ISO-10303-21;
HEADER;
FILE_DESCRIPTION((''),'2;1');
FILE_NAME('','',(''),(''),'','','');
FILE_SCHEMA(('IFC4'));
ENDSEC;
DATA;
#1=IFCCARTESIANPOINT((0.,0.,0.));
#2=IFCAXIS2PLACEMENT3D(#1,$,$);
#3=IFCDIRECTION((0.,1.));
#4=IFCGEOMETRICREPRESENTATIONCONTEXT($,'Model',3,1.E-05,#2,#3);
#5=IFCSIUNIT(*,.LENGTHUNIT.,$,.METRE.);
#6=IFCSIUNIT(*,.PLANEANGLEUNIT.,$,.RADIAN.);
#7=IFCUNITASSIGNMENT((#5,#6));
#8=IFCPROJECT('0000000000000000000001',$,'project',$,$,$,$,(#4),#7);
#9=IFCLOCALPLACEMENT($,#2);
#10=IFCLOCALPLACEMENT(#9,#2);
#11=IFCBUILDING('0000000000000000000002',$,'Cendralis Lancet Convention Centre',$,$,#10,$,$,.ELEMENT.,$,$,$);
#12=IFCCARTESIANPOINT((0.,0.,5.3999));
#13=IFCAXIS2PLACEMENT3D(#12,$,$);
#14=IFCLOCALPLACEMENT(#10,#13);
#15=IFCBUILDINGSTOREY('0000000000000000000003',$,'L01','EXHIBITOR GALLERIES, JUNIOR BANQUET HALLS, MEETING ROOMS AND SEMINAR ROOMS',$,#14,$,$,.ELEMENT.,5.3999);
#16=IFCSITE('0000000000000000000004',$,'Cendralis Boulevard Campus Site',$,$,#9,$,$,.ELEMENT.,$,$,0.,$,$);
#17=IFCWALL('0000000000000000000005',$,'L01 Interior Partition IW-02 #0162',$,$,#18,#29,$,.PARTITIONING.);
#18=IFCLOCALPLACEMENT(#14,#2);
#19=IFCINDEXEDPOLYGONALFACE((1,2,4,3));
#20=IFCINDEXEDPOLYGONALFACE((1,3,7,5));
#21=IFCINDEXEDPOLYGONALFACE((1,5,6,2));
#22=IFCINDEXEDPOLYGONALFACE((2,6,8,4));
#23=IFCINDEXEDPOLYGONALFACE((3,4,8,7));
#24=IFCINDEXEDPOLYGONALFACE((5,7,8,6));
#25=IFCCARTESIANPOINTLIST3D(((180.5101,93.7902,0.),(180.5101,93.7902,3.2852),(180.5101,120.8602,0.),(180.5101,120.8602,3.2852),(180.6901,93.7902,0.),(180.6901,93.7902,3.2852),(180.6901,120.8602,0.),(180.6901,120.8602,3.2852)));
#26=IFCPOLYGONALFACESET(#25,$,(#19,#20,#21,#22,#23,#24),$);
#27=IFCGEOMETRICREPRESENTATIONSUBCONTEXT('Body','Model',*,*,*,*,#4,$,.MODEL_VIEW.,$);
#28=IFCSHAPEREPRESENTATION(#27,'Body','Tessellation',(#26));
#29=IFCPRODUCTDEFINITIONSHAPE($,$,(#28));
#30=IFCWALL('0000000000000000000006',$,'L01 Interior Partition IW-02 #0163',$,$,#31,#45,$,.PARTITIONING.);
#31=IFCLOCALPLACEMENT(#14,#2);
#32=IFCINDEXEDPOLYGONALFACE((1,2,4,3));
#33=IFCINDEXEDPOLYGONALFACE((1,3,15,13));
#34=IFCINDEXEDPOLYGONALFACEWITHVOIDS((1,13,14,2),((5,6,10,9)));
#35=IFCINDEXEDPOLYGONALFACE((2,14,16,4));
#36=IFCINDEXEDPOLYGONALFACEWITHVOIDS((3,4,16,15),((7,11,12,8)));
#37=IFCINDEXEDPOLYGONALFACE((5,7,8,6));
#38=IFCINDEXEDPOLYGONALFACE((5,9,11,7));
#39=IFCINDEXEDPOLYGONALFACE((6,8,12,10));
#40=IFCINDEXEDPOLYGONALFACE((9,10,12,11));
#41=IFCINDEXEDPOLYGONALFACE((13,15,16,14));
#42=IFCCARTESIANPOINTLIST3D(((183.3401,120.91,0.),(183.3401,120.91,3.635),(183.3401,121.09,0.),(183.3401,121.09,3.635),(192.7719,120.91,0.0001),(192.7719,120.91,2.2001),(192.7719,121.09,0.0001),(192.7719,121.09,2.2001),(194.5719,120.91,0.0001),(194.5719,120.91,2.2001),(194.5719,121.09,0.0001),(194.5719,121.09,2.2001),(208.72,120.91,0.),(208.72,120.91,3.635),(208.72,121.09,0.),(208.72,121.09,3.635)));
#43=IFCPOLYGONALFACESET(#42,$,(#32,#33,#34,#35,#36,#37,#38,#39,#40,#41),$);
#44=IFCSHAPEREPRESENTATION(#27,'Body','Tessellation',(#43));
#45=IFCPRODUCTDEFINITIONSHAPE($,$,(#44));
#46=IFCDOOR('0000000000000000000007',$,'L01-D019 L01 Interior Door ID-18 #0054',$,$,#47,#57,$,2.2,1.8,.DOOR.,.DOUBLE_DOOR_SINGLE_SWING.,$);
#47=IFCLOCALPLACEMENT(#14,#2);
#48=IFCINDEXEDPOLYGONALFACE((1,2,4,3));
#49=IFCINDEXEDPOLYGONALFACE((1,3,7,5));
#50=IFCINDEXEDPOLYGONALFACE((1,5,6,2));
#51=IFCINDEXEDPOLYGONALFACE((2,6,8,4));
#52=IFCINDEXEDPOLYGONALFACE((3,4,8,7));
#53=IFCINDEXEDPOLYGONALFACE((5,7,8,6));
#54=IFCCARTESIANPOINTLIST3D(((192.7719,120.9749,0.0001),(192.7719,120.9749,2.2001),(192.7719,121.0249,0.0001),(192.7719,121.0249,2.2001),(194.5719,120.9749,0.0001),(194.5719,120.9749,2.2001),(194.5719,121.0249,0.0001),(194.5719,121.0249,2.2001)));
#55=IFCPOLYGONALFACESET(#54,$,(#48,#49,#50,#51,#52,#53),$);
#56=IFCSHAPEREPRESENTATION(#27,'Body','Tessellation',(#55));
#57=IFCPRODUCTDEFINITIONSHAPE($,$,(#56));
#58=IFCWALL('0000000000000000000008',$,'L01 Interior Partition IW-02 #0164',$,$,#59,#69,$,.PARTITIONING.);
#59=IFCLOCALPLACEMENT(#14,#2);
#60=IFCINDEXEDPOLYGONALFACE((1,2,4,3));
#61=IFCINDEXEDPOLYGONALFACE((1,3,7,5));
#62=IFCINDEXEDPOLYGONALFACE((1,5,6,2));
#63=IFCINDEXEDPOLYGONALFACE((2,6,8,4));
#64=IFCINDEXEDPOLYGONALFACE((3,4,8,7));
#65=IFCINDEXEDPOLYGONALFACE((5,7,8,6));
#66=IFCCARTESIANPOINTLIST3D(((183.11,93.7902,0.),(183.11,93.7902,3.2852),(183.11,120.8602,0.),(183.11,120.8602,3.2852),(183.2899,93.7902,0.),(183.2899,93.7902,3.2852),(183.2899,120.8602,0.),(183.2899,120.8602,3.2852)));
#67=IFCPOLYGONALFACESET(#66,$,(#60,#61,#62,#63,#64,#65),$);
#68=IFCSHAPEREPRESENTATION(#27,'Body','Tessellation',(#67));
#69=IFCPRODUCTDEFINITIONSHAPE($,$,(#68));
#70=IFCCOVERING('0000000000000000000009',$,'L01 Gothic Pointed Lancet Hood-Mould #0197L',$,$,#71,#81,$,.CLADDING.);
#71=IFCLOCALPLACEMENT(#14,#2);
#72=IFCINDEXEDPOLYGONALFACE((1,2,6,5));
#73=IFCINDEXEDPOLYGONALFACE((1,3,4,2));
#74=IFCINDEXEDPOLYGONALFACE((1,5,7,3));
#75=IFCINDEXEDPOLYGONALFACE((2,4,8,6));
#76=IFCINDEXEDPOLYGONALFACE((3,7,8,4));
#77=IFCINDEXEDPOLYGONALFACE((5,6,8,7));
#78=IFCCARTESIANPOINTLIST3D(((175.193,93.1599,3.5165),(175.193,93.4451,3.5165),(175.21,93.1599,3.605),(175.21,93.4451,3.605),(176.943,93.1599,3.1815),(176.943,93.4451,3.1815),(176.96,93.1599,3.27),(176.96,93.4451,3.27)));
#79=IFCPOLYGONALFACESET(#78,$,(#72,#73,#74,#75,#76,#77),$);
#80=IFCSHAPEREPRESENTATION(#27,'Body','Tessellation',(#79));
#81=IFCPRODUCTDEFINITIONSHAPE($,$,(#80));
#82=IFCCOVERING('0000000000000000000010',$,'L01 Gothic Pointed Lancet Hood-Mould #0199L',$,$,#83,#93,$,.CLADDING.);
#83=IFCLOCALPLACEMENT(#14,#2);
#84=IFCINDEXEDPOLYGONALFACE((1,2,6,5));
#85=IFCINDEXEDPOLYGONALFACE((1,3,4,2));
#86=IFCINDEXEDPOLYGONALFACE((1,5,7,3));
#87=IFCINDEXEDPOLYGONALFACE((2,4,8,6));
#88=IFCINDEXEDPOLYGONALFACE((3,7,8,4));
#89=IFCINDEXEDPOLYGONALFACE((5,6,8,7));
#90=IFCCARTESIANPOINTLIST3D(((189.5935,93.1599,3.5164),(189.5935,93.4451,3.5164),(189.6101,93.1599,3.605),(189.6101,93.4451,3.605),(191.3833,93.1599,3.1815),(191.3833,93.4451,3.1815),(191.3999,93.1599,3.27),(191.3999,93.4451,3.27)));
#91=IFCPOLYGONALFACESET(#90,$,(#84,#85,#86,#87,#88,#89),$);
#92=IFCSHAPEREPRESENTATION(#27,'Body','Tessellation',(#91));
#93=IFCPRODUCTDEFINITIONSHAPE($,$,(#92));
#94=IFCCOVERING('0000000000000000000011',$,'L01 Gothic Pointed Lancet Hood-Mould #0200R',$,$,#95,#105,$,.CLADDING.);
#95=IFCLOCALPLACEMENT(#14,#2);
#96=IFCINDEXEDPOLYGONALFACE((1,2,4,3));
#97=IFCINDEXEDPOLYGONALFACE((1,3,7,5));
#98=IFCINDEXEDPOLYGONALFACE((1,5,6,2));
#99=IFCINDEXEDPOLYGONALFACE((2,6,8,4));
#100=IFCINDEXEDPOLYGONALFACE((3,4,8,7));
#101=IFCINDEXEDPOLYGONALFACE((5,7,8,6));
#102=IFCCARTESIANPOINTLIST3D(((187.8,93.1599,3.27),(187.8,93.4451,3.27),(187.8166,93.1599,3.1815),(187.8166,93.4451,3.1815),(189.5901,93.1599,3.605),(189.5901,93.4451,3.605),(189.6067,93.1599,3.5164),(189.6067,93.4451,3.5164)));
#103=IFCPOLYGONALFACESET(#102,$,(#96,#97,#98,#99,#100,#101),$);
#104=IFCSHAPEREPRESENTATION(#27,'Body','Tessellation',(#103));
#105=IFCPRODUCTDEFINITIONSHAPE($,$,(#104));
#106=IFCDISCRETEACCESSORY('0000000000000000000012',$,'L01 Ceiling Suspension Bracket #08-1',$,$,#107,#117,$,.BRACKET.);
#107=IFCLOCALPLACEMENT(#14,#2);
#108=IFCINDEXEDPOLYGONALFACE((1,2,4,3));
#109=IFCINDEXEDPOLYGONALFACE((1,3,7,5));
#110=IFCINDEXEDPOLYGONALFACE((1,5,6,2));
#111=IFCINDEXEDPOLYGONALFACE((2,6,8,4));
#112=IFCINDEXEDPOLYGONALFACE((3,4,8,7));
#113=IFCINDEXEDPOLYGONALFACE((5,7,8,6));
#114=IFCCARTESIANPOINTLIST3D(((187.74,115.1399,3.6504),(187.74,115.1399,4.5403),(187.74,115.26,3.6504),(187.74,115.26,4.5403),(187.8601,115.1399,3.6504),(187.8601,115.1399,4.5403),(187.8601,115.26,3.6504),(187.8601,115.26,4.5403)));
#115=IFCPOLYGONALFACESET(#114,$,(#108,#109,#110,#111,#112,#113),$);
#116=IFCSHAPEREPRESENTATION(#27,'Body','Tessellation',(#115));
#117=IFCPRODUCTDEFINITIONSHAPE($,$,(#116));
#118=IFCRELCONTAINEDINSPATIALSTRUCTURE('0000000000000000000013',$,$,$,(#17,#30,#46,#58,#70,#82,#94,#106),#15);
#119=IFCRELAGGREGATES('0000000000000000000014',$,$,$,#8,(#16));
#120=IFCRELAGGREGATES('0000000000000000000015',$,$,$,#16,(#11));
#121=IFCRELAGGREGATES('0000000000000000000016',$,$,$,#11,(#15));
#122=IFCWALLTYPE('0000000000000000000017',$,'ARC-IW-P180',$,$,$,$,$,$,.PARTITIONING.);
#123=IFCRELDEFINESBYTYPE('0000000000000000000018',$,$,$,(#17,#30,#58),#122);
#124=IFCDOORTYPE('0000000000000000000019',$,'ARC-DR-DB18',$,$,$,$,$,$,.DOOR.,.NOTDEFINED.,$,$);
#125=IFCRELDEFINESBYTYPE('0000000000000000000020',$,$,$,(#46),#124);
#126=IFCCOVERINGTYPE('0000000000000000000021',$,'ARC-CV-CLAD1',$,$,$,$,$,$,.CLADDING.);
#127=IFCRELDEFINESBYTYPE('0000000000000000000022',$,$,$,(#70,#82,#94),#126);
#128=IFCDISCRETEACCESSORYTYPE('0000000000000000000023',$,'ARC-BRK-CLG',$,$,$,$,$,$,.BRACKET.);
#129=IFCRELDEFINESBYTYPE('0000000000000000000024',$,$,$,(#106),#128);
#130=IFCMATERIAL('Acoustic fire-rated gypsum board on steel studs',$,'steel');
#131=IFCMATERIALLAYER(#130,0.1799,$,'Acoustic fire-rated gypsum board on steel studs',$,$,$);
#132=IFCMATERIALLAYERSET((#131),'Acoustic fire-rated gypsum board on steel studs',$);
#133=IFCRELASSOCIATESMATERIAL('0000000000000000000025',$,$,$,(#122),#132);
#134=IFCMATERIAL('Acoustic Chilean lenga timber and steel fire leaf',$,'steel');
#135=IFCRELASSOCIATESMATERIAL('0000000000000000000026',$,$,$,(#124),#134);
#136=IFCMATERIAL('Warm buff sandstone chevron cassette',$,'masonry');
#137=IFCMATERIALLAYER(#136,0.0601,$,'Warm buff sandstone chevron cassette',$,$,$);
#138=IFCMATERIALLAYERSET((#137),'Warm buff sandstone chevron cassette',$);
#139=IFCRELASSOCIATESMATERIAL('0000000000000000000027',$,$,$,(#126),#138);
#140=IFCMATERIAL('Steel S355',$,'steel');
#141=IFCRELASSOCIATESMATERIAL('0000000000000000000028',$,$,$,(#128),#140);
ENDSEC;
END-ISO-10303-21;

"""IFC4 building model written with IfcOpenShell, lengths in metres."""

from ifc_helpers import new_model, si_unit, direction, frame, frame_2d, origin, origin_2d, place, context, subcontext, project, spatial, polyline, rectangle, outline, extrude, material, layer, layer_set, type_object, element, fill, save


model = new_model("IFC4")

# Units and contexts
model_context = context("Model", 3, precision=1e-05, world=origin(), true_north=direction((0.0, 1.0)))
body_context = subcontext(model_context, "Body", "Model", "MODEL_VIEW")
ifc_project = project(units=[si_unit("LENGTHUNIT", "METRE"), si_unit("PLANEANGLEUNIT", "RADIAN")], contexts=[model_context])

# Site, building, storey
site_placement = place(None, origin())
site = spatial("IfcSite", under=ifc_project, at=site_placement, Name="Cendralis Boulevard Campus Site", CompositionType="ELEMENT", RefElevation=0.0)
building_placement = place(site_placement, origin())
building = spatial("IfcBuilding", under=site, at=building_placement, Name="Cendralis Lancet Convention Centre", CompositionType="ELEMENT")
storey_placement = place(building_placement, frame((0.0, 0.0, 5.3999)))
storey = spatial("IfcBuildingStorey", under=building, at=storey_placement, Name="L01", Description="EXHIBITOR GALLERIES, JUNIOR BANQUET HALLS, MEETING ROOMS AND SEMINAR ROOMS", CompositionType="ELEMENT", Elevation=5.3999)

# Shared definitions
ifc_material_1 = material(Name="Steel S355", Category="steel")

# Wall
ifc_material_2 = material(Name="Acoustic fire-rated gypsum board on steel studs", Category="steel")
ifc_layer_1 = layer(ifc_material_2, 0.1799, Name="Acoustic fire-rated gypsum board on steel studs")
ifc_layer_set_1 = layer_set([ifc_layer_1], Name="Acoustic fire-rated gypsum board on steel studs")
wall_type_1 = type_object("IfcWallType", Name="ARC-IW-P180", PredefinedType="PARTITIONING", material=ifc_layer_set_1)
wall_1_placement = place(storey_placement, frame((180.6001, 93.79, 0.0), z_axis=(0.0, 0.0, 1.0), x_axis=(0.0, 1.0, 0.0)))
element("IfcWall", 1, at=wall_1_placement, inside=storey, type_object=wall_type_1, Name="L01 Interior Partition IW-02 #0162", PredefinedType="PARTITIONING", context=body_context, shape_type="SweptSolid", body=[
    extrude(rectangle(XDim=27.0701, YDim=0.1799, at=frame_2d((13.5352, 0.0))), origin(), (0.0, 0.0, 1.0), 3.2852),
])

# Wall, opening, door
wall_2_placement = place(storey_placement, frame((183.3401, 121.0, 0.0), z_axis=(0.0, 0.0, 1.0), x_axis=(1.0, 0.0, 0.0)))
wall_2 = element("IfcWall", 2, at=wall_2_placement, inside=storey, type_object=wall_type_1, Name="L01 Interior Partition IW-02 #0163", PredefinedType="PARTITIONING", context=body_context, shape_type="SweptSolid", body=[
    extrude(rectangle(XDim=25.3799, YDim=0.1799, at=frame_2d((12.6899, 0.0))), origin(), (0.0, 0.0, 1.0), 3.635),
])
opening_1_placement = place(wall_2_placement, frame((9.4319, 0.0, 0.0)))
opening_1 = element("IfcOpeningElement", 3, at=opening_1_placement, cuts=wall_2, PredefinedType="OPENING", context=body_context, shape_type="SweptSolid", body=[
    extrude(rectangle(XDim=1.8, YDim=2.2, at=frame_2d((0.8999, 1.1001))), frame((0.0, 0.0999, 0.0), z_axis=(0.0, -1.0, 0.0), x_axis=(1.0, 0.0, 0.0)), (0.0, 0.0, 1.0), 0.2),
])
ifc_material_3 = material(Name="Acoustic Chilean lenga timber and steel fire leaf", Category="steel")
door_type = type_object("IfcDoorType", Name="ARC-DR-DB18", OperationType="NOTDEFINED", PredefinedType="DOOR", material=ifc_material_3)
door_placement = place(opening_1_placement, origin())
door = element("IfcDoor", 4, at=door_placement, inside=storey, type_object=door_type, Name="L01-D019 L01 Interior Door ID-18 #0054", OperationType="DOUBLE_DOOR_SINGLE_SWING", OverallHeight=2.2, OverallWidth=1.8, PredefinedType="DOOR", context=body_context, shape_type="SweptSolid", body=[
    extrude(rectangle(XDim=1.8, YDim=2.2, at=frame_2d((0.8999, 1.1001))), frame((0.0, 0.0249, 0.0), z_axis=(0.0, -1.0, 0.0), x_axis=(1.0, 0.0, 0.0)), (0.0, 0.0, 1.0), 0.05),
])
fill(opening_1, door)

# Wall
wall_3_placement = place(storey_placement, frame((183.2, 93.79, 0.0), z_axis=(0.0, 0.0, 1.0), x_axis=(0.0, 1.0, 0.0)))
element("IfcWall", 5, at=wall_3_placement, inside=storey, type_object=wall_type_1, Name="L01 Interior Partition IW-02 #0164", PredefinedType="PARTITIONING", context=body_context, shape_type="SweptSolid", body=[
    extrude(rectangle(XDim=27.0701, YDim=0.1799, at=frame_2d((13.5352, 0.0))), origin(), (0.0, 0.0, 1.0), 3.2852),
])

# Coverings
ifc_material_4 = material(Name="Warm buff sandstone chevron cassette", Category="masonry")
ifc_layer_2 = layer(ifc_material_4, 0.0601, Name="Warm buff sandstone chevron cassette")
ifc_layer_set_2 = layer_set([ifc_layer_2], Name="Warm buff sandstone chevron cassette")
covering_type = type_object("IfcCoveringType", Name="ARC-CV-CLAD1", PredefinedType="CLADDING", material=ifc_layer_set_2)
covering_1_placement = place(storey_placement, frame((176.96, 93.1599, 3.27), z_axis=(0.187994, 0.0, 0.98217), x_axis=(0.0, 1.0, 0.0)))
element("IfcCovering", 6, at=covering_1_placement, inside=storey, type_object=covering_type, Name="L01 Gothic Pointed Lancet Hood-Mould #0197L", PredefinedType="CLADDING", context=body_context, shape_type="SweptSolid", body=[
    extrude(outline(polyline([(0.0, 0.0), (0.2852, 0.0), (0.2852, 1.7818), (0.0, 1.7818), (0.0, 0.0)])), origin(), (0.0, 0.0, -1.0), 0.0901),
])
covering_2_placement = place(storey_placement, frame((191.3999, 93.1599, 3.27), z_axis=(0.183957, 0.0, 0.982934), x_axis=(0.0, 1.0, 0.0)))
element("IfcCovering", 7, at=covering_2_placement, inside=storey, type_object=covering_type, Name="L01 Gothic Pointed Lancet Hood-Mould #0199L", PredefinedType="CLADDING", context=body_context, shape_type="SweptSolid", body=[
    extrude(outline(polyline([(0.0, 0.0), (0.2852, 0.0), (0.2852, 1.8209), (0.0, 1.8209), (0.0, 0.0)])), origin(), (0.0, 0.0, -1.0), 0.0901),
])
covering_3_placement = place(storey_placement, frame((189.5901, 93.1599, 3.605), z_axis=(-0.183932, 0.0, 0.982939), x_axis=(0.0, 1.0, 0.0)))
element("IfcCovering", 8, at=covering_3_placement, inside=storey, type_object=covering_type, Name="L01 Gothic Pointed Lancet Hood-Mould #0200R", PredefinedType="CLADDING", context=body_context, shape_type="SweptSolid", body=[
    extrude(outline(polyline([(0.0, 0.0), (0.2852, 0.0), (0.2852, 1.8211), (0.0, 1.8211), (0.0, 0.0)])), origin(), (0.0, 0.0, -1.0), 0.0901),
])

# Discrete accessory
discrete_accessory_type = type_object("IfcDiscreteAccessoryType", Name="ARC-BRK-CLG", PredefinedType="BRACKET", material=ifc_material_1)
discrete_accessory_placement = place(storey_placement, frame((187.8, 115.2, 3.6504), z_axis=(0.0, 0.0, 1.0), x_axis=(1.0, 0.0, 0.0)))
element("IfcDiscreteAccessory", 9, at=discrete_accessory_placement, inside=storey, type_object=discrete_accessory_type, Name="L01 Ceiling Suspension Bracket #08-1", PredefinedType="BRACKET", context=body_context, shape_type="SweptSolid", body=[
    extrude(rectangle(XDim=0.1201, YDim=0.1201, at=origin_2d()), origin(), (0.0, 0.0, 1.0), 0.8899),
])

save(model, "model.ifc")
